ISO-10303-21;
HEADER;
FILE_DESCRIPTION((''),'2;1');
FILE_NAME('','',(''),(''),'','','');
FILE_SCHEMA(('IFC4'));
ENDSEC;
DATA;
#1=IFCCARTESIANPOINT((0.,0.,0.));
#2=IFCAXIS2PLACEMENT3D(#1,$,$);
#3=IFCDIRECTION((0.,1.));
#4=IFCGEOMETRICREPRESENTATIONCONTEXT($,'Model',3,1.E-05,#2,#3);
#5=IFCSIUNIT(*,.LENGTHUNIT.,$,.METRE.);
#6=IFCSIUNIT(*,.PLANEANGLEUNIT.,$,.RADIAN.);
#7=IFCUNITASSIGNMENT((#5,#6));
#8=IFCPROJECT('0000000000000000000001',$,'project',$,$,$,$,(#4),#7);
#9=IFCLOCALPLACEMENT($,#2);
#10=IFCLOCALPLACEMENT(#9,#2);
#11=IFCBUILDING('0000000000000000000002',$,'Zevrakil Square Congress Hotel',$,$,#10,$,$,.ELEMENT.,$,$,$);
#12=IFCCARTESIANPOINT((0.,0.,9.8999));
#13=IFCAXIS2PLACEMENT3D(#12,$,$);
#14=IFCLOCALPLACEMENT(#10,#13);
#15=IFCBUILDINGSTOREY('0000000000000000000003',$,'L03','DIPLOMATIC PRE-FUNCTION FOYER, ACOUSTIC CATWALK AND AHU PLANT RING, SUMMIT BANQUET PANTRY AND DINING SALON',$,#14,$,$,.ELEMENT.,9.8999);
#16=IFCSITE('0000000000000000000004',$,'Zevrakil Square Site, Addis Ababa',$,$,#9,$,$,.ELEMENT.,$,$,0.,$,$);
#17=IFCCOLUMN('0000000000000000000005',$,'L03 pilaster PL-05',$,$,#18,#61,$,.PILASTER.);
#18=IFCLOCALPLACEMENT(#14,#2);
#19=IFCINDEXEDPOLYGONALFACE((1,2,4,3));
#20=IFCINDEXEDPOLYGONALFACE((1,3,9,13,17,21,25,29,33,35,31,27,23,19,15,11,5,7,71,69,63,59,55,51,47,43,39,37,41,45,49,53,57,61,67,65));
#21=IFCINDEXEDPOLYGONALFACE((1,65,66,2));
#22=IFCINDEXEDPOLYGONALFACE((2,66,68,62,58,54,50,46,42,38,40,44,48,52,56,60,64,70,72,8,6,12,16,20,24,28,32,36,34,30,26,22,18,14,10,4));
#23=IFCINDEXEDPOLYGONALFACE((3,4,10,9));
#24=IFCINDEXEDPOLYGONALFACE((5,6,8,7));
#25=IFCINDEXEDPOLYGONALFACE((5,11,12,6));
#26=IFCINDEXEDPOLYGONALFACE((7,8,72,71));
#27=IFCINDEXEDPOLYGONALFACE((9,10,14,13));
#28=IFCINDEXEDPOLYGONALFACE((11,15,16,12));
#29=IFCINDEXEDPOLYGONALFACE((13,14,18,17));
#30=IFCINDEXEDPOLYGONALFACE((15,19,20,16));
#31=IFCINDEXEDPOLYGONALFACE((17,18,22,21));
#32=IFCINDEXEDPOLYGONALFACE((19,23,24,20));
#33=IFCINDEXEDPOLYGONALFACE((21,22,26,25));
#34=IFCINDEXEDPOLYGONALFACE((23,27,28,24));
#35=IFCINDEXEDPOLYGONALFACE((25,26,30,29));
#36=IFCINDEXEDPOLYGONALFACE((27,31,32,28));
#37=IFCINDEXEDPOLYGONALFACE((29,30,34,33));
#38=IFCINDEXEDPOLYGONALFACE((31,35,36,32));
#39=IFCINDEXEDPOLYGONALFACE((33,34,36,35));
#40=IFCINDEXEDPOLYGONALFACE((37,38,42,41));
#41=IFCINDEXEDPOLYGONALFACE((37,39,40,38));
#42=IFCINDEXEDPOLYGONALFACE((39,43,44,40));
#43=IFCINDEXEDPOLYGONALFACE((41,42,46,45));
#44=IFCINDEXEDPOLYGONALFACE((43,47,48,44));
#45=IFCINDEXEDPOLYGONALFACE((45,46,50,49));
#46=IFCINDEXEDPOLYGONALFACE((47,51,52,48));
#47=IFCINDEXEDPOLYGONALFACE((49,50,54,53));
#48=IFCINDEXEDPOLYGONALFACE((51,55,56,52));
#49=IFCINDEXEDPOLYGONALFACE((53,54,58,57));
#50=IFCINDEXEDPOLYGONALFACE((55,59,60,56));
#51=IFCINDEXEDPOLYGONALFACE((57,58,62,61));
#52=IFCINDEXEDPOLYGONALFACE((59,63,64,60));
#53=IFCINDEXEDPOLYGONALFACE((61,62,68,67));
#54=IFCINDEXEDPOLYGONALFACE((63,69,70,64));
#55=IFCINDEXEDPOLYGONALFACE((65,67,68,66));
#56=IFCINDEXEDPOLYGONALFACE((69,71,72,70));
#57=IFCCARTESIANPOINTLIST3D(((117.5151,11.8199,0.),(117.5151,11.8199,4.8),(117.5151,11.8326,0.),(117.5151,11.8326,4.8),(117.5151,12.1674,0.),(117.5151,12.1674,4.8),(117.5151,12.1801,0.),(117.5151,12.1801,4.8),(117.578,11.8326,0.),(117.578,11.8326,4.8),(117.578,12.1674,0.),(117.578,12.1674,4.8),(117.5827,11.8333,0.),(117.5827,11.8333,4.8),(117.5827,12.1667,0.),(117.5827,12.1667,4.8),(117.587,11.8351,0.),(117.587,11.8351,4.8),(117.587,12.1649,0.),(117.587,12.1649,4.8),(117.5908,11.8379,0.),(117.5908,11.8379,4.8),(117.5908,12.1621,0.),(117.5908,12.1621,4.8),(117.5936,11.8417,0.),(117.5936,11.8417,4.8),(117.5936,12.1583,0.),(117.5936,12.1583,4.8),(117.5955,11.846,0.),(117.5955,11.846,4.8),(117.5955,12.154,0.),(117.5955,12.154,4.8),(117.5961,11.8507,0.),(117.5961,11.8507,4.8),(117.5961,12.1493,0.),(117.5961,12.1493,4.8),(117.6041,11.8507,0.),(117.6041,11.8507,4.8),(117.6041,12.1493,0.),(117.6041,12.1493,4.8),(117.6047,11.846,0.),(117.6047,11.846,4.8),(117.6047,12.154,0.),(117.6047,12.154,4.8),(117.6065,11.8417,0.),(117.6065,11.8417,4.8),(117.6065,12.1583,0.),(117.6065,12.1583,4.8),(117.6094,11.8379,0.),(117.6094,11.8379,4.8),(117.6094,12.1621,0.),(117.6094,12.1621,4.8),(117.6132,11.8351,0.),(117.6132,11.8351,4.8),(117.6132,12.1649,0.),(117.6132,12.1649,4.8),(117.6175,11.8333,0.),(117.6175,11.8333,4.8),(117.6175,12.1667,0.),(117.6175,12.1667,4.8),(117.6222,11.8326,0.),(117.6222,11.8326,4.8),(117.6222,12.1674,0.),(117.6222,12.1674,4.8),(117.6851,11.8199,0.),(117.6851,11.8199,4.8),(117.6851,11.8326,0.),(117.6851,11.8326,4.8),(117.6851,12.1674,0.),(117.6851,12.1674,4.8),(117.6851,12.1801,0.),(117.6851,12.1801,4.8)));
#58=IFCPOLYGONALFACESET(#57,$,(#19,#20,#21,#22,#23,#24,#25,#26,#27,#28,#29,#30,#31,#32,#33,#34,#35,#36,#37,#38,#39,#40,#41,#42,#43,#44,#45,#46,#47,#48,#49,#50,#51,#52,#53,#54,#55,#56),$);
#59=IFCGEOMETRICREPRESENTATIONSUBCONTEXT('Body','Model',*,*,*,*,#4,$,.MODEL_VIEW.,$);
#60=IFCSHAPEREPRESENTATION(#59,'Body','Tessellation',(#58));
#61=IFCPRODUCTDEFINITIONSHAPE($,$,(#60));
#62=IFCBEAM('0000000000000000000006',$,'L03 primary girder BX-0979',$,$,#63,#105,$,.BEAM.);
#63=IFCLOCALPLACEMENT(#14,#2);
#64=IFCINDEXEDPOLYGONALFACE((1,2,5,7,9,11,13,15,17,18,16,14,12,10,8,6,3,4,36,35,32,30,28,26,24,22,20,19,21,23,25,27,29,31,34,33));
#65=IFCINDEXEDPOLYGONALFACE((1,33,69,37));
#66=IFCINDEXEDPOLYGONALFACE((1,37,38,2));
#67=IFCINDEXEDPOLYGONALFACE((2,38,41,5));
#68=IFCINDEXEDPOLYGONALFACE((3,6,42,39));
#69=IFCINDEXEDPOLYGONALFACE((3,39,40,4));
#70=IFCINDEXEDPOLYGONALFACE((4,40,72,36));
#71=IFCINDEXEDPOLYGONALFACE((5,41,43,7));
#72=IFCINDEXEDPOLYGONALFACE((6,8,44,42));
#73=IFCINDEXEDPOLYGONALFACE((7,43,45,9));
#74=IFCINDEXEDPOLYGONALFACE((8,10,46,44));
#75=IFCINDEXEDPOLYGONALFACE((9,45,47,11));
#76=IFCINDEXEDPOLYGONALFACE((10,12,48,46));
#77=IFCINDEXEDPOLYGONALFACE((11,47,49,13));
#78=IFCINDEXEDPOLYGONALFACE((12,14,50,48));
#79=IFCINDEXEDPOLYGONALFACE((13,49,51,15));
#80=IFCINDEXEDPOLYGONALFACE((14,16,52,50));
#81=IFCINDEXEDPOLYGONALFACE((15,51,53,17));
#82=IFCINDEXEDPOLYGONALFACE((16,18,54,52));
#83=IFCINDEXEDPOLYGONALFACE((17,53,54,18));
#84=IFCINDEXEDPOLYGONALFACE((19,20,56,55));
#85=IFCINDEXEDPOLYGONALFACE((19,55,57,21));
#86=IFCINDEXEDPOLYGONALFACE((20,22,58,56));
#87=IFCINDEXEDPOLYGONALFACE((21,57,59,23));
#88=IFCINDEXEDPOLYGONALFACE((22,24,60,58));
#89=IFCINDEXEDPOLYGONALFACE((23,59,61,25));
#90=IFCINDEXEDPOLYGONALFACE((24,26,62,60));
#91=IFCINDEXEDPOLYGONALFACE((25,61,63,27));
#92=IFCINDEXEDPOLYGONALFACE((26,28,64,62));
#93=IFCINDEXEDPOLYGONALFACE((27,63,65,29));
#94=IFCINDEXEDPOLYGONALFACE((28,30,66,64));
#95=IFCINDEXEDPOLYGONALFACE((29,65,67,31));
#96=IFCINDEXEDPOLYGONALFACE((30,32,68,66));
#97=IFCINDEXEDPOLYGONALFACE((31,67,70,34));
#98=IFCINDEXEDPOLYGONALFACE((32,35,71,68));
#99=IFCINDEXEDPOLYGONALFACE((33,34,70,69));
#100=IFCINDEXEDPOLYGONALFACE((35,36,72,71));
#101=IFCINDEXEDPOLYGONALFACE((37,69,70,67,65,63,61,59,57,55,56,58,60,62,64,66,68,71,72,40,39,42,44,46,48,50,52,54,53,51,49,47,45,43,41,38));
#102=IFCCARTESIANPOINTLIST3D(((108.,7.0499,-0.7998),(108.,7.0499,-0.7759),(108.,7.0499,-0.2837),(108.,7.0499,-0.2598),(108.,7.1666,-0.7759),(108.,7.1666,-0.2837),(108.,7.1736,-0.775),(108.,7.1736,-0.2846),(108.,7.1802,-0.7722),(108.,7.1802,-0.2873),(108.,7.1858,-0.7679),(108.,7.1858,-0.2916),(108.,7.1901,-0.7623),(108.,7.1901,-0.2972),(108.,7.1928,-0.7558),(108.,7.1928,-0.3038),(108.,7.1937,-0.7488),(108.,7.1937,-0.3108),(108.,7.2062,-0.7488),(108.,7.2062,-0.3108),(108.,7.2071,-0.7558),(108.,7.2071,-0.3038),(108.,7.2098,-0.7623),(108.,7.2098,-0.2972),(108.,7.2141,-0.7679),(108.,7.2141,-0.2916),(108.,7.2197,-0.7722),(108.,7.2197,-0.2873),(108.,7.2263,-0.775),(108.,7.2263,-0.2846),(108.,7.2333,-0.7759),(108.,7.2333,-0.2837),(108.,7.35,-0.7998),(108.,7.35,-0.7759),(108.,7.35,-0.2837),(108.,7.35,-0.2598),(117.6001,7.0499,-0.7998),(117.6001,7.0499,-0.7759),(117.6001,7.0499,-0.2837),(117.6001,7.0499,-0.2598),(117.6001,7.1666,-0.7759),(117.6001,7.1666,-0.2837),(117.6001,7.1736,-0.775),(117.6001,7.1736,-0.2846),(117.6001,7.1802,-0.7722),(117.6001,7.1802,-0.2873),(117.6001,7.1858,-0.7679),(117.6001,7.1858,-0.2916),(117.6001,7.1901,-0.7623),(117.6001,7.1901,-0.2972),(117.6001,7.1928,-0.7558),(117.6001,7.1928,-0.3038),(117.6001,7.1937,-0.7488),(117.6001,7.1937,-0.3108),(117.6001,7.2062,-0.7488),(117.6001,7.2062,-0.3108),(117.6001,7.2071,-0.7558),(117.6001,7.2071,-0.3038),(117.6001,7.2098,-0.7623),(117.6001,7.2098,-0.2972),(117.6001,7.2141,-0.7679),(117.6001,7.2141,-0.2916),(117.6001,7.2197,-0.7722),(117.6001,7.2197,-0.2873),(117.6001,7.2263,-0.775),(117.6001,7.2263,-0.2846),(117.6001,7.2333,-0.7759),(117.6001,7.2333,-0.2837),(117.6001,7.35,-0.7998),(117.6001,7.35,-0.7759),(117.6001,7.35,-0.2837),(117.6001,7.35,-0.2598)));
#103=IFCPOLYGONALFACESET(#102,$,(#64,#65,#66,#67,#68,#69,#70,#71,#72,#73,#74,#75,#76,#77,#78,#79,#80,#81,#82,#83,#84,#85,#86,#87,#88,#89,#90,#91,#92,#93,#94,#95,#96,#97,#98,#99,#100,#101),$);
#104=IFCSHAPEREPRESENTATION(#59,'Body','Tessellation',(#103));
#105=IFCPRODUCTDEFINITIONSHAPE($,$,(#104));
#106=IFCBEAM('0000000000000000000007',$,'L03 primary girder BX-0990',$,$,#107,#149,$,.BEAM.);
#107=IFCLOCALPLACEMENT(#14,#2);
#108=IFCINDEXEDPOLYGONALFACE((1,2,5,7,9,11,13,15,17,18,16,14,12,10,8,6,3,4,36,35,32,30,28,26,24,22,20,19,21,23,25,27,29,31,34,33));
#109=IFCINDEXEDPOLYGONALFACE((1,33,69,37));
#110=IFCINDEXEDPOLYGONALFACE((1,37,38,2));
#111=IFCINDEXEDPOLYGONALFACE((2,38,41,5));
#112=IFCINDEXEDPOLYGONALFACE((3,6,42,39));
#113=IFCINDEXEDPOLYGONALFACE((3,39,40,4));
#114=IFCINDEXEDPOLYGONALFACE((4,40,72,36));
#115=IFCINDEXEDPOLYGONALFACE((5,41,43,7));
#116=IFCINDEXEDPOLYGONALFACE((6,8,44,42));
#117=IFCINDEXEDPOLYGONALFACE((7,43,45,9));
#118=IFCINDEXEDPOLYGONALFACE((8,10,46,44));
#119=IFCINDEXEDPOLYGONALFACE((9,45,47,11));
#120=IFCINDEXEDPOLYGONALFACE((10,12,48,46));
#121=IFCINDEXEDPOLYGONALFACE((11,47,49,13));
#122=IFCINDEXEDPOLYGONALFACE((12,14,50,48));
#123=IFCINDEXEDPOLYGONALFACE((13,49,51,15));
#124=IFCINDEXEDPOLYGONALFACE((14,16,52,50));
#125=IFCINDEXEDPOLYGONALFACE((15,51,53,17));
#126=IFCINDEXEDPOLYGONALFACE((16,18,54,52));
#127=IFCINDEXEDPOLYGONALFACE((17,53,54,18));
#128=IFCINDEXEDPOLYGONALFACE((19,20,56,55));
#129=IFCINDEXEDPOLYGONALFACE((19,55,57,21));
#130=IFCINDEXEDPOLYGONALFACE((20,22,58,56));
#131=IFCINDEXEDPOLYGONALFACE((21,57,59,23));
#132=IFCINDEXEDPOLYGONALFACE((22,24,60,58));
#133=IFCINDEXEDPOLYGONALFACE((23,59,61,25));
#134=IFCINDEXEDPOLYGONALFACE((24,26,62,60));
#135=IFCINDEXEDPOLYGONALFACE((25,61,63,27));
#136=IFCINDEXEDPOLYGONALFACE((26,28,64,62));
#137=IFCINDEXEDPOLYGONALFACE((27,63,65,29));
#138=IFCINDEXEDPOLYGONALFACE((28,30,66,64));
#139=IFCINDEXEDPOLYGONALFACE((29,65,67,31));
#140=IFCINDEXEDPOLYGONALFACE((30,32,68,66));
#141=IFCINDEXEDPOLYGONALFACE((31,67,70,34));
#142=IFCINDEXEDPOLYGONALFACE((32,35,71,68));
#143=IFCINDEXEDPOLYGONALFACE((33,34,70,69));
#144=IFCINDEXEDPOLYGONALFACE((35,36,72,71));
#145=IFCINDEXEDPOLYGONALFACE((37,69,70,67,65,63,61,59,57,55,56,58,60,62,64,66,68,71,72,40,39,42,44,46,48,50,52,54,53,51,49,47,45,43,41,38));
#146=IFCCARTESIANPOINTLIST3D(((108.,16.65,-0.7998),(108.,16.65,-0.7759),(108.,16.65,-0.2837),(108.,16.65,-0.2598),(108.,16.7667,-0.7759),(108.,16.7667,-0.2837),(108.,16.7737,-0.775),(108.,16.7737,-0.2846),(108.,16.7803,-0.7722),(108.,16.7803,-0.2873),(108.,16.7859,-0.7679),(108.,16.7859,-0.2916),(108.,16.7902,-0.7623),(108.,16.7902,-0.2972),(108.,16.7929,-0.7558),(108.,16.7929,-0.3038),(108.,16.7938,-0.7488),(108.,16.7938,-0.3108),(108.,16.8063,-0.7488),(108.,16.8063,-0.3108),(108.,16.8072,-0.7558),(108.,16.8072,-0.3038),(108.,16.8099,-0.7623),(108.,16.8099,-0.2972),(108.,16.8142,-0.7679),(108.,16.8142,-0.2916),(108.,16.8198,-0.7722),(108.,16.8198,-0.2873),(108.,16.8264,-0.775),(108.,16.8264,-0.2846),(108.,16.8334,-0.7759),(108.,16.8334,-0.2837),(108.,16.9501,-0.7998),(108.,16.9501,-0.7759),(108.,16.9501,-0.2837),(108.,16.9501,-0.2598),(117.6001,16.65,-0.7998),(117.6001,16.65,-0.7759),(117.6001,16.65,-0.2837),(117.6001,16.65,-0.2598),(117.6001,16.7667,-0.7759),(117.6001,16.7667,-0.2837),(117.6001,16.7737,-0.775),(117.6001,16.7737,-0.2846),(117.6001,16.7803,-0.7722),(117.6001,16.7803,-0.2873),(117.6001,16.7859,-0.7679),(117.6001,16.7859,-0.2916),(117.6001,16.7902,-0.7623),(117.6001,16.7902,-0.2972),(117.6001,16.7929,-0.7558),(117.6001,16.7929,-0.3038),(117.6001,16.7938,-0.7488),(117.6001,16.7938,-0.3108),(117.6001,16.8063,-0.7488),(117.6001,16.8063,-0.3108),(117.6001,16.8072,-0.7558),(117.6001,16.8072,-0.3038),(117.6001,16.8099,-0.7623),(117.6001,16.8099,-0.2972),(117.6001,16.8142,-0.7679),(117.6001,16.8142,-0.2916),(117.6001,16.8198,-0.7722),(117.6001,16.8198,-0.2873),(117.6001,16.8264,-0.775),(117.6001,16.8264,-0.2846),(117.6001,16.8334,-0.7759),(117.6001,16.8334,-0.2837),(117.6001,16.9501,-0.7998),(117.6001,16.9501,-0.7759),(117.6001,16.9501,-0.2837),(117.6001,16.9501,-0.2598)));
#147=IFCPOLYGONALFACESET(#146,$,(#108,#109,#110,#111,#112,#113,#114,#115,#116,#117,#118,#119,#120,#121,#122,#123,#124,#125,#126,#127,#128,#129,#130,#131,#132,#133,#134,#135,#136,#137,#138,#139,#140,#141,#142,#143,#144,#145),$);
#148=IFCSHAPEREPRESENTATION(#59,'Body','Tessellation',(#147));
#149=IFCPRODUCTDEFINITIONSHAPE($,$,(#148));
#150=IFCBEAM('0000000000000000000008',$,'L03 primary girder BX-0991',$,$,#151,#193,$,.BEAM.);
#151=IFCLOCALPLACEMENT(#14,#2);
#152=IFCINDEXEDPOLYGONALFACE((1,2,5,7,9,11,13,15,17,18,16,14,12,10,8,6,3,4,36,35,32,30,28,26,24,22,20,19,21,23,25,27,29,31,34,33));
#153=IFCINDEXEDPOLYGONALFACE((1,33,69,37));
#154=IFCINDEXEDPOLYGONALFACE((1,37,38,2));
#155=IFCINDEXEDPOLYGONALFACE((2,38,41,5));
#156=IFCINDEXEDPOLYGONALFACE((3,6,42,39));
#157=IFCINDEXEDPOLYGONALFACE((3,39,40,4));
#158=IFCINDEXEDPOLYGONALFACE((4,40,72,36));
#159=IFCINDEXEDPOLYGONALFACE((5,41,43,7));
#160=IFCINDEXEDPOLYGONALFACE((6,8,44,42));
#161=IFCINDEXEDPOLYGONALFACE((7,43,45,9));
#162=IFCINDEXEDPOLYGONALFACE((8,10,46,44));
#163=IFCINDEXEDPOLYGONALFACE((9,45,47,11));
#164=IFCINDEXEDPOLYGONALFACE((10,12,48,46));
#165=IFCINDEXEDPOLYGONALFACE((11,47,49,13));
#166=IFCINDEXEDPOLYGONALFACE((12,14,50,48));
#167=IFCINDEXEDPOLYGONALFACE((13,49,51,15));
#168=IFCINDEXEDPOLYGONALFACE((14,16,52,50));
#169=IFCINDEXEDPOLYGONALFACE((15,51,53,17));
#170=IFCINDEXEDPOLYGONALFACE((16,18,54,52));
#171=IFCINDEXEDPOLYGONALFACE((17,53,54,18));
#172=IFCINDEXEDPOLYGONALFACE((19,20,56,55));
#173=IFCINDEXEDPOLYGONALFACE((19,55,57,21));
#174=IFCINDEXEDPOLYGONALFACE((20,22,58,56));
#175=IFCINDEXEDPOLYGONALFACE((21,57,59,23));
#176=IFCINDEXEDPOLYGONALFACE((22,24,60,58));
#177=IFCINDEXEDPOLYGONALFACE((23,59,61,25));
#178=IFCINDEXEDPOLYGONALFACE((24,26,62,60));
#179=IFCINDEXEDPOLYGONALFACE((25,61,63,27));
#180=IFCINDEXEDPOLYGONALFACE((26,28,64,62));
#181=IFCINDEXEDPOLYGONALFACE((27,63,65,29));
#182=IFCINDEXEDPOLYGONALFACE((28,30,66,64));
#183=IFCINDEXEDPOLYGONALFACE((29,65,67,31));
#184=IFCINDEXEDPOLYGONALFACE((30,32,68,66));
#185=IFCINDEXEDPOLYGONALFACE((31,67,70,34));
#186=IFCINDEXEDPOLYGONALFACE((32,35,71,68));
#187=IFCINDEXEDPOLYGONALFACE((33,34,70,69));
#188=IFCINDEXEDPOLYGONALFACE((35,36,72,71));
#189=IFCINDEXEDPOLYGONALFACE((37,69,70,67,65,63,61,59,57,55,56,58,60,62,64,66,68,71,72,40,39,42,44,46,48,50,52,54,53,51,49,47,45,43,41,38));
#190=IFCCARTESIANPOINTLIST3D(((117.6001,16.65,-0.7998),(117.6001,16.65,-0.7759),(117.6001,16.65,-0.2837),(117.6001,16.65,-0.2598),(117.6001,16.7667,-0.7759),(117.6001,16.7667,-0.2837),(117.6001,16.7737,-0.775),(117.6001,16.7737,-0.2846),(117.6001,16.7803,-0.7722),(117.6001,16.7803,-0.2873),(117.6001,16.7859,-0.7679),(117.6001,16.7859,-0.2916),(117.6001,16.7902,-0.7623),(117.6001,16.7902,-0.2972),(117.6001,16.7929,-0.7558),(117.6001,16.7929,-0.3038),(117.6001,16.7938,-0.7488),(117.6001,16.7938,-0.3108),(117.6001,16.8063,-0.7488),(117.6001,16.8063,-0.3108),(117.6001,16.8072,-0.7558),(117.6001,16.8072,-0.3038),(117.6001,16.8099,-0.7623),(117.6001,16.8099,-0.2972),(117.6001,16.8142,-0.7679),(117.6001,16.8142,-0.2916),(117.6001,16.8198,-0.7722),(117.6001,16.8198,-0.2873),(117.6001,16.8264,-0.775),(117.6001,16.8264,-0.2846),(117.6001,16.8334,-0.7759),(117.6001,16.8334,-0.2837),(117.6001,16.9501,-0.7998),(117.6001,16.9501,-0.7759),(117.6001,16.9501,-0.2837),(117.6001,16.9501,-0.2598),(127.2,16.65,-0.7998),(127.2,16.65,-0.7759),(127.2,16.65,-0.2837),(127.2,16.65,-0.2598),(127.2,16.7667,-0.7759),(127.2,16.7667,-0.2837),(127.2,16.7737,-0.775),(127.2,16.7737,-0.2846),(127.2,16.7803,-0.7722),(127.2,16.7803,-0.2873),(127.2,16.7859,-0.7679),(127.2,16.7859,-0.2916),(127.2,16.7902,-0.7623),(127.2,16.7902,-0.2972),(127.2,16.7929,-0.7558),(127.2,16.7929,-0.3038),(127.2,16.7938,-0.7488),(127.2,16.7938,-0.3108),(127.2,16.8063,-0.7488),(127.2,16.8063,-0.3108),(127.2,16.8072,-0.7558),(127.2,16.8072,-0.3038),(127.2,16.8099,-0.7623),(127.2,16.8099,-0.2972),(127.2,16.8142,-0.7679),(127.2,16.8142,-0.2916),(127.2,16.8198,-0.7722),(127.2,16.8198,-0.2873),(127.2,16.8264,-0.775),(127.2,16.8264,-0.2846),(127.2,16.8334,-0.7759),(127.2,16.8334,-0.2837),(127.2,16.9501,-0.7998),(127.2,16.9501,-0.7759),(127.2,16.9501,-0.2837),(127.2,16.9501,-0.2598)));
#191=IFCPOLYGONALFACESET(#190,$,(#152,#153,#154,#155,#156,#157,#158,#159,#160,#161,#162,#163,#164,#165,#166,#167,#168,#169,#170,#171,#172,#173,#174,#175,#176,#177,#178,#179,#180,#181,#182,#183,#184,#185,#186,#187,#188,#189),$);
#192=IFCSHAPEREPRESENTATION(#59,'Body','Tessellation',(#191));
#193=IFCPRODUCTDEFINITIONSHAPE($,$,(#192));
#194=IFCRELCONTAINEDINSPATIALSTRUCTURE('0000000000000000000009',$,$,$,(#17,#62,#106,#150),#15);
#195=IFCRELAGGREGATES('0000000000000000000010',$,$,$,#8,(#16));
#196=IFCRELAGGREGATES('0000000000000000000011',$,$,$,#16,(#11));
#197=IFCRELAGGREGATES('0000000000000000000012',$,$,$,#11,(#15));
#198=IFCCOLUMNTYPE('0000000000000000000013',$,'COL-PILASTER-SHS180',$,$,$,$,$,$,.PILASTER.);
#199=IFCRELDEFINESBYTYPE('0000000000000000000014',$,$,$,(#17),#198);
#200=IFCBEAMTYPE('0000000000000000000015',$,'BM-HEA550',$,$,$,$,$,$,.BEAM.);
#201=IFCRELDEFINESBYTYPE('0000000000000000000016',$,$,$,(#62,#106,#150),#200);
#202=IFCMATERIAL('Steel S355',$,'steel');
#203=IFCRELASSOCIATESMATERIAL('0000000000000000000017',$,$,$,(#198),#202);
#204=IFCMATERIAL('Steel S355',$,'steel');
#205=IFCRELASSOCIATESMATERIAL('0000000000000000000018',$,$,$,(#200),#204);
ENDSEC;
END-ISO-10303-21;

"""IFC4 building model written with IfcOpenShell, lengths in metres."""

from ifc_helpers import new_model, si_unit, direction, frame, origin, origin_2d, place, context, subcontext, project, spatial, i_section, extrude, material, material_profile, profile_set, type_object, element, save


model = new_model("IFC4")

# Units and contexts
model_context = context("Model", 3, precision=1e-05, world=origin(), true_north=direction((0.0, 1.0)))
body_context = subcontext(model_context, "Body", "Model", "MODEL_VIEW")
ifc_project = project(units=[si_unit("LENGTHUNIT", "METRE"), si_unit("PLANEANGLEUNIT", "RADIAN")], contexts=[model_context])

# Site, building, storey
site_placement = place(None, origin())
site = spatial("IfcSite", under=ifc_project, at=site_placement, Name="Zevrakil Square Site, Addis Ababa", CompositionType="ELEMENT", RefElevation=0.0)
building_placement = place(site_placement, origin())
building = spatial("IfcBuilding", under=site, at=building_placement, Name="Zevrakil Square Congress Hotel", CompositionType="ELEMENT")
storey_placement = place(building_placement, frame((0.0, 0.0, 9.8999)))
storey = spatial("IfcBuildingStorey", under=building, at=storey_placement, Name="L03", Description="DIPLOMATIC PRE-FUNCTION FOYER, ACOUSTIC CATWALK AND AHU PLANT RING, SUMMIT BANQUET PANTRY AND DINING SALON", CompositionType="ELEMENT", Elevation=9.8999)

# Column
ifc_material_1 = material(Name="Steel S355", Category="steel")
ifc_material_profile_1 = material_profile(ifc_material_1, i_section(OverallWidth=0.1699, OverallDepth=0.3601, WebThickness=0.0081, FlangeThickness=0.0127, FilletRadius=0.0181, at=origin_2d()), Name="IPE 360")
ifc_profile_set_1 = profile_set([ifc_material_profile_1], Name="Steel S355")
column_type_1 = type_object("IfcColumnType", Name="COL-PILASTER-SHS180", PredefinedType="PILASTER", material=ifc_profile_set_1)
column_placement = place(storey_placement, frame((117.6001, 12.0, 0.0), z_axis=(0.0, 0.0, 1.0), x_axis=(1.0, 0.0, 0.0)))
element("IfcColumn", 1, at=column_placement, inside=storey, type_object=column_type_1, Name="L03 pilaster PL-05", PredefinedType="PILASTER", context=body_context, shape_type="SweptSolid", body=[
    extrude(i_section(OverallWidth=0.1699, OverallDepth=0.3601, WebThickness=0.0081, FlangeThickness=0.0127, FilletRadius=0.0181, at=origin_2d()), origin(), (0.0, 0.0, 1.0), 4.8),
])

# Beams
ifc_material_2 = material(Name="Steel S355", Category="steel")
ifc_material_profile_2 = material_profile(ifc_material_2, i_section(OverallWidth=0.3, OverallDepth=0.54, WebThickness=0.0125, FlangeThickness=0.0239, FilletRadius=0.0271, at=origin_2d()), Name="HEA 550")
ifc_profile_set_2 = profile_set([ifc_material_profile_2], Name="Steel S355")
beam_type_1 = type_object("IfcBeamType", Name="BM-HEA550", PredefinedType="BEAM", material=ifc_profile_set_2)
for number, where, z_axis, x_axis, name in (
    (2, (108.0, 7.2, -0.5298), (1.0, 0.0, 0.0), (0.0, 1.0, 0.0), "L03 primary girder BX-0979"),
    (3, (108.0, 16.8, -0.5298), (1.0, 0.0, 0.0), (0.0, 1.0, 0.0), "L03 primary girder BX-0990"),
):
    element("IfcBeam", number, at=place(storey_placement, frame(where, z_axis=z_axis, x_axis=x_axis)), inside=storey, type_object=beam_type_1, Name=name, PredefinedType="BEAM", context=body_context, shape_type="SweptSolid", body=[
        extrude(i_section(OverallWidth=0.3, OverallDepth=0.54, WebThickness=0.0125, FlangeThickness=0.0239, FilletRadius=0.0271, at=origin_2d()), origin(), (0.0, 0.0, 1.0), 9.6001),
    ])
beam_1_placement = place(storey_placement, frame((117.6001, 16.8, -0.5298), z_axis=(1.0, 0.0, 0.0), x_axis=(0.0, 1.0, 0.0)))
element("IfcBeam", 4, at=beam_1_placement, inside=storey, type_object=beam_type_1, Name="L03 primary girder BX-0991", PredefinedType="BEAM", context=body_context, shape_type="SweptSolid", body=[
    extrude(i_section(OverallWidth=0.3, OverallDepth=0.54, WebThickness=0.0125, FlangeThickness=0.0239, FilletRadius=0.0271, at=origin_2d()), origin(), (0.0, 0.0, 1.0), 9.5999),
])

save(model, "model.ifc")
